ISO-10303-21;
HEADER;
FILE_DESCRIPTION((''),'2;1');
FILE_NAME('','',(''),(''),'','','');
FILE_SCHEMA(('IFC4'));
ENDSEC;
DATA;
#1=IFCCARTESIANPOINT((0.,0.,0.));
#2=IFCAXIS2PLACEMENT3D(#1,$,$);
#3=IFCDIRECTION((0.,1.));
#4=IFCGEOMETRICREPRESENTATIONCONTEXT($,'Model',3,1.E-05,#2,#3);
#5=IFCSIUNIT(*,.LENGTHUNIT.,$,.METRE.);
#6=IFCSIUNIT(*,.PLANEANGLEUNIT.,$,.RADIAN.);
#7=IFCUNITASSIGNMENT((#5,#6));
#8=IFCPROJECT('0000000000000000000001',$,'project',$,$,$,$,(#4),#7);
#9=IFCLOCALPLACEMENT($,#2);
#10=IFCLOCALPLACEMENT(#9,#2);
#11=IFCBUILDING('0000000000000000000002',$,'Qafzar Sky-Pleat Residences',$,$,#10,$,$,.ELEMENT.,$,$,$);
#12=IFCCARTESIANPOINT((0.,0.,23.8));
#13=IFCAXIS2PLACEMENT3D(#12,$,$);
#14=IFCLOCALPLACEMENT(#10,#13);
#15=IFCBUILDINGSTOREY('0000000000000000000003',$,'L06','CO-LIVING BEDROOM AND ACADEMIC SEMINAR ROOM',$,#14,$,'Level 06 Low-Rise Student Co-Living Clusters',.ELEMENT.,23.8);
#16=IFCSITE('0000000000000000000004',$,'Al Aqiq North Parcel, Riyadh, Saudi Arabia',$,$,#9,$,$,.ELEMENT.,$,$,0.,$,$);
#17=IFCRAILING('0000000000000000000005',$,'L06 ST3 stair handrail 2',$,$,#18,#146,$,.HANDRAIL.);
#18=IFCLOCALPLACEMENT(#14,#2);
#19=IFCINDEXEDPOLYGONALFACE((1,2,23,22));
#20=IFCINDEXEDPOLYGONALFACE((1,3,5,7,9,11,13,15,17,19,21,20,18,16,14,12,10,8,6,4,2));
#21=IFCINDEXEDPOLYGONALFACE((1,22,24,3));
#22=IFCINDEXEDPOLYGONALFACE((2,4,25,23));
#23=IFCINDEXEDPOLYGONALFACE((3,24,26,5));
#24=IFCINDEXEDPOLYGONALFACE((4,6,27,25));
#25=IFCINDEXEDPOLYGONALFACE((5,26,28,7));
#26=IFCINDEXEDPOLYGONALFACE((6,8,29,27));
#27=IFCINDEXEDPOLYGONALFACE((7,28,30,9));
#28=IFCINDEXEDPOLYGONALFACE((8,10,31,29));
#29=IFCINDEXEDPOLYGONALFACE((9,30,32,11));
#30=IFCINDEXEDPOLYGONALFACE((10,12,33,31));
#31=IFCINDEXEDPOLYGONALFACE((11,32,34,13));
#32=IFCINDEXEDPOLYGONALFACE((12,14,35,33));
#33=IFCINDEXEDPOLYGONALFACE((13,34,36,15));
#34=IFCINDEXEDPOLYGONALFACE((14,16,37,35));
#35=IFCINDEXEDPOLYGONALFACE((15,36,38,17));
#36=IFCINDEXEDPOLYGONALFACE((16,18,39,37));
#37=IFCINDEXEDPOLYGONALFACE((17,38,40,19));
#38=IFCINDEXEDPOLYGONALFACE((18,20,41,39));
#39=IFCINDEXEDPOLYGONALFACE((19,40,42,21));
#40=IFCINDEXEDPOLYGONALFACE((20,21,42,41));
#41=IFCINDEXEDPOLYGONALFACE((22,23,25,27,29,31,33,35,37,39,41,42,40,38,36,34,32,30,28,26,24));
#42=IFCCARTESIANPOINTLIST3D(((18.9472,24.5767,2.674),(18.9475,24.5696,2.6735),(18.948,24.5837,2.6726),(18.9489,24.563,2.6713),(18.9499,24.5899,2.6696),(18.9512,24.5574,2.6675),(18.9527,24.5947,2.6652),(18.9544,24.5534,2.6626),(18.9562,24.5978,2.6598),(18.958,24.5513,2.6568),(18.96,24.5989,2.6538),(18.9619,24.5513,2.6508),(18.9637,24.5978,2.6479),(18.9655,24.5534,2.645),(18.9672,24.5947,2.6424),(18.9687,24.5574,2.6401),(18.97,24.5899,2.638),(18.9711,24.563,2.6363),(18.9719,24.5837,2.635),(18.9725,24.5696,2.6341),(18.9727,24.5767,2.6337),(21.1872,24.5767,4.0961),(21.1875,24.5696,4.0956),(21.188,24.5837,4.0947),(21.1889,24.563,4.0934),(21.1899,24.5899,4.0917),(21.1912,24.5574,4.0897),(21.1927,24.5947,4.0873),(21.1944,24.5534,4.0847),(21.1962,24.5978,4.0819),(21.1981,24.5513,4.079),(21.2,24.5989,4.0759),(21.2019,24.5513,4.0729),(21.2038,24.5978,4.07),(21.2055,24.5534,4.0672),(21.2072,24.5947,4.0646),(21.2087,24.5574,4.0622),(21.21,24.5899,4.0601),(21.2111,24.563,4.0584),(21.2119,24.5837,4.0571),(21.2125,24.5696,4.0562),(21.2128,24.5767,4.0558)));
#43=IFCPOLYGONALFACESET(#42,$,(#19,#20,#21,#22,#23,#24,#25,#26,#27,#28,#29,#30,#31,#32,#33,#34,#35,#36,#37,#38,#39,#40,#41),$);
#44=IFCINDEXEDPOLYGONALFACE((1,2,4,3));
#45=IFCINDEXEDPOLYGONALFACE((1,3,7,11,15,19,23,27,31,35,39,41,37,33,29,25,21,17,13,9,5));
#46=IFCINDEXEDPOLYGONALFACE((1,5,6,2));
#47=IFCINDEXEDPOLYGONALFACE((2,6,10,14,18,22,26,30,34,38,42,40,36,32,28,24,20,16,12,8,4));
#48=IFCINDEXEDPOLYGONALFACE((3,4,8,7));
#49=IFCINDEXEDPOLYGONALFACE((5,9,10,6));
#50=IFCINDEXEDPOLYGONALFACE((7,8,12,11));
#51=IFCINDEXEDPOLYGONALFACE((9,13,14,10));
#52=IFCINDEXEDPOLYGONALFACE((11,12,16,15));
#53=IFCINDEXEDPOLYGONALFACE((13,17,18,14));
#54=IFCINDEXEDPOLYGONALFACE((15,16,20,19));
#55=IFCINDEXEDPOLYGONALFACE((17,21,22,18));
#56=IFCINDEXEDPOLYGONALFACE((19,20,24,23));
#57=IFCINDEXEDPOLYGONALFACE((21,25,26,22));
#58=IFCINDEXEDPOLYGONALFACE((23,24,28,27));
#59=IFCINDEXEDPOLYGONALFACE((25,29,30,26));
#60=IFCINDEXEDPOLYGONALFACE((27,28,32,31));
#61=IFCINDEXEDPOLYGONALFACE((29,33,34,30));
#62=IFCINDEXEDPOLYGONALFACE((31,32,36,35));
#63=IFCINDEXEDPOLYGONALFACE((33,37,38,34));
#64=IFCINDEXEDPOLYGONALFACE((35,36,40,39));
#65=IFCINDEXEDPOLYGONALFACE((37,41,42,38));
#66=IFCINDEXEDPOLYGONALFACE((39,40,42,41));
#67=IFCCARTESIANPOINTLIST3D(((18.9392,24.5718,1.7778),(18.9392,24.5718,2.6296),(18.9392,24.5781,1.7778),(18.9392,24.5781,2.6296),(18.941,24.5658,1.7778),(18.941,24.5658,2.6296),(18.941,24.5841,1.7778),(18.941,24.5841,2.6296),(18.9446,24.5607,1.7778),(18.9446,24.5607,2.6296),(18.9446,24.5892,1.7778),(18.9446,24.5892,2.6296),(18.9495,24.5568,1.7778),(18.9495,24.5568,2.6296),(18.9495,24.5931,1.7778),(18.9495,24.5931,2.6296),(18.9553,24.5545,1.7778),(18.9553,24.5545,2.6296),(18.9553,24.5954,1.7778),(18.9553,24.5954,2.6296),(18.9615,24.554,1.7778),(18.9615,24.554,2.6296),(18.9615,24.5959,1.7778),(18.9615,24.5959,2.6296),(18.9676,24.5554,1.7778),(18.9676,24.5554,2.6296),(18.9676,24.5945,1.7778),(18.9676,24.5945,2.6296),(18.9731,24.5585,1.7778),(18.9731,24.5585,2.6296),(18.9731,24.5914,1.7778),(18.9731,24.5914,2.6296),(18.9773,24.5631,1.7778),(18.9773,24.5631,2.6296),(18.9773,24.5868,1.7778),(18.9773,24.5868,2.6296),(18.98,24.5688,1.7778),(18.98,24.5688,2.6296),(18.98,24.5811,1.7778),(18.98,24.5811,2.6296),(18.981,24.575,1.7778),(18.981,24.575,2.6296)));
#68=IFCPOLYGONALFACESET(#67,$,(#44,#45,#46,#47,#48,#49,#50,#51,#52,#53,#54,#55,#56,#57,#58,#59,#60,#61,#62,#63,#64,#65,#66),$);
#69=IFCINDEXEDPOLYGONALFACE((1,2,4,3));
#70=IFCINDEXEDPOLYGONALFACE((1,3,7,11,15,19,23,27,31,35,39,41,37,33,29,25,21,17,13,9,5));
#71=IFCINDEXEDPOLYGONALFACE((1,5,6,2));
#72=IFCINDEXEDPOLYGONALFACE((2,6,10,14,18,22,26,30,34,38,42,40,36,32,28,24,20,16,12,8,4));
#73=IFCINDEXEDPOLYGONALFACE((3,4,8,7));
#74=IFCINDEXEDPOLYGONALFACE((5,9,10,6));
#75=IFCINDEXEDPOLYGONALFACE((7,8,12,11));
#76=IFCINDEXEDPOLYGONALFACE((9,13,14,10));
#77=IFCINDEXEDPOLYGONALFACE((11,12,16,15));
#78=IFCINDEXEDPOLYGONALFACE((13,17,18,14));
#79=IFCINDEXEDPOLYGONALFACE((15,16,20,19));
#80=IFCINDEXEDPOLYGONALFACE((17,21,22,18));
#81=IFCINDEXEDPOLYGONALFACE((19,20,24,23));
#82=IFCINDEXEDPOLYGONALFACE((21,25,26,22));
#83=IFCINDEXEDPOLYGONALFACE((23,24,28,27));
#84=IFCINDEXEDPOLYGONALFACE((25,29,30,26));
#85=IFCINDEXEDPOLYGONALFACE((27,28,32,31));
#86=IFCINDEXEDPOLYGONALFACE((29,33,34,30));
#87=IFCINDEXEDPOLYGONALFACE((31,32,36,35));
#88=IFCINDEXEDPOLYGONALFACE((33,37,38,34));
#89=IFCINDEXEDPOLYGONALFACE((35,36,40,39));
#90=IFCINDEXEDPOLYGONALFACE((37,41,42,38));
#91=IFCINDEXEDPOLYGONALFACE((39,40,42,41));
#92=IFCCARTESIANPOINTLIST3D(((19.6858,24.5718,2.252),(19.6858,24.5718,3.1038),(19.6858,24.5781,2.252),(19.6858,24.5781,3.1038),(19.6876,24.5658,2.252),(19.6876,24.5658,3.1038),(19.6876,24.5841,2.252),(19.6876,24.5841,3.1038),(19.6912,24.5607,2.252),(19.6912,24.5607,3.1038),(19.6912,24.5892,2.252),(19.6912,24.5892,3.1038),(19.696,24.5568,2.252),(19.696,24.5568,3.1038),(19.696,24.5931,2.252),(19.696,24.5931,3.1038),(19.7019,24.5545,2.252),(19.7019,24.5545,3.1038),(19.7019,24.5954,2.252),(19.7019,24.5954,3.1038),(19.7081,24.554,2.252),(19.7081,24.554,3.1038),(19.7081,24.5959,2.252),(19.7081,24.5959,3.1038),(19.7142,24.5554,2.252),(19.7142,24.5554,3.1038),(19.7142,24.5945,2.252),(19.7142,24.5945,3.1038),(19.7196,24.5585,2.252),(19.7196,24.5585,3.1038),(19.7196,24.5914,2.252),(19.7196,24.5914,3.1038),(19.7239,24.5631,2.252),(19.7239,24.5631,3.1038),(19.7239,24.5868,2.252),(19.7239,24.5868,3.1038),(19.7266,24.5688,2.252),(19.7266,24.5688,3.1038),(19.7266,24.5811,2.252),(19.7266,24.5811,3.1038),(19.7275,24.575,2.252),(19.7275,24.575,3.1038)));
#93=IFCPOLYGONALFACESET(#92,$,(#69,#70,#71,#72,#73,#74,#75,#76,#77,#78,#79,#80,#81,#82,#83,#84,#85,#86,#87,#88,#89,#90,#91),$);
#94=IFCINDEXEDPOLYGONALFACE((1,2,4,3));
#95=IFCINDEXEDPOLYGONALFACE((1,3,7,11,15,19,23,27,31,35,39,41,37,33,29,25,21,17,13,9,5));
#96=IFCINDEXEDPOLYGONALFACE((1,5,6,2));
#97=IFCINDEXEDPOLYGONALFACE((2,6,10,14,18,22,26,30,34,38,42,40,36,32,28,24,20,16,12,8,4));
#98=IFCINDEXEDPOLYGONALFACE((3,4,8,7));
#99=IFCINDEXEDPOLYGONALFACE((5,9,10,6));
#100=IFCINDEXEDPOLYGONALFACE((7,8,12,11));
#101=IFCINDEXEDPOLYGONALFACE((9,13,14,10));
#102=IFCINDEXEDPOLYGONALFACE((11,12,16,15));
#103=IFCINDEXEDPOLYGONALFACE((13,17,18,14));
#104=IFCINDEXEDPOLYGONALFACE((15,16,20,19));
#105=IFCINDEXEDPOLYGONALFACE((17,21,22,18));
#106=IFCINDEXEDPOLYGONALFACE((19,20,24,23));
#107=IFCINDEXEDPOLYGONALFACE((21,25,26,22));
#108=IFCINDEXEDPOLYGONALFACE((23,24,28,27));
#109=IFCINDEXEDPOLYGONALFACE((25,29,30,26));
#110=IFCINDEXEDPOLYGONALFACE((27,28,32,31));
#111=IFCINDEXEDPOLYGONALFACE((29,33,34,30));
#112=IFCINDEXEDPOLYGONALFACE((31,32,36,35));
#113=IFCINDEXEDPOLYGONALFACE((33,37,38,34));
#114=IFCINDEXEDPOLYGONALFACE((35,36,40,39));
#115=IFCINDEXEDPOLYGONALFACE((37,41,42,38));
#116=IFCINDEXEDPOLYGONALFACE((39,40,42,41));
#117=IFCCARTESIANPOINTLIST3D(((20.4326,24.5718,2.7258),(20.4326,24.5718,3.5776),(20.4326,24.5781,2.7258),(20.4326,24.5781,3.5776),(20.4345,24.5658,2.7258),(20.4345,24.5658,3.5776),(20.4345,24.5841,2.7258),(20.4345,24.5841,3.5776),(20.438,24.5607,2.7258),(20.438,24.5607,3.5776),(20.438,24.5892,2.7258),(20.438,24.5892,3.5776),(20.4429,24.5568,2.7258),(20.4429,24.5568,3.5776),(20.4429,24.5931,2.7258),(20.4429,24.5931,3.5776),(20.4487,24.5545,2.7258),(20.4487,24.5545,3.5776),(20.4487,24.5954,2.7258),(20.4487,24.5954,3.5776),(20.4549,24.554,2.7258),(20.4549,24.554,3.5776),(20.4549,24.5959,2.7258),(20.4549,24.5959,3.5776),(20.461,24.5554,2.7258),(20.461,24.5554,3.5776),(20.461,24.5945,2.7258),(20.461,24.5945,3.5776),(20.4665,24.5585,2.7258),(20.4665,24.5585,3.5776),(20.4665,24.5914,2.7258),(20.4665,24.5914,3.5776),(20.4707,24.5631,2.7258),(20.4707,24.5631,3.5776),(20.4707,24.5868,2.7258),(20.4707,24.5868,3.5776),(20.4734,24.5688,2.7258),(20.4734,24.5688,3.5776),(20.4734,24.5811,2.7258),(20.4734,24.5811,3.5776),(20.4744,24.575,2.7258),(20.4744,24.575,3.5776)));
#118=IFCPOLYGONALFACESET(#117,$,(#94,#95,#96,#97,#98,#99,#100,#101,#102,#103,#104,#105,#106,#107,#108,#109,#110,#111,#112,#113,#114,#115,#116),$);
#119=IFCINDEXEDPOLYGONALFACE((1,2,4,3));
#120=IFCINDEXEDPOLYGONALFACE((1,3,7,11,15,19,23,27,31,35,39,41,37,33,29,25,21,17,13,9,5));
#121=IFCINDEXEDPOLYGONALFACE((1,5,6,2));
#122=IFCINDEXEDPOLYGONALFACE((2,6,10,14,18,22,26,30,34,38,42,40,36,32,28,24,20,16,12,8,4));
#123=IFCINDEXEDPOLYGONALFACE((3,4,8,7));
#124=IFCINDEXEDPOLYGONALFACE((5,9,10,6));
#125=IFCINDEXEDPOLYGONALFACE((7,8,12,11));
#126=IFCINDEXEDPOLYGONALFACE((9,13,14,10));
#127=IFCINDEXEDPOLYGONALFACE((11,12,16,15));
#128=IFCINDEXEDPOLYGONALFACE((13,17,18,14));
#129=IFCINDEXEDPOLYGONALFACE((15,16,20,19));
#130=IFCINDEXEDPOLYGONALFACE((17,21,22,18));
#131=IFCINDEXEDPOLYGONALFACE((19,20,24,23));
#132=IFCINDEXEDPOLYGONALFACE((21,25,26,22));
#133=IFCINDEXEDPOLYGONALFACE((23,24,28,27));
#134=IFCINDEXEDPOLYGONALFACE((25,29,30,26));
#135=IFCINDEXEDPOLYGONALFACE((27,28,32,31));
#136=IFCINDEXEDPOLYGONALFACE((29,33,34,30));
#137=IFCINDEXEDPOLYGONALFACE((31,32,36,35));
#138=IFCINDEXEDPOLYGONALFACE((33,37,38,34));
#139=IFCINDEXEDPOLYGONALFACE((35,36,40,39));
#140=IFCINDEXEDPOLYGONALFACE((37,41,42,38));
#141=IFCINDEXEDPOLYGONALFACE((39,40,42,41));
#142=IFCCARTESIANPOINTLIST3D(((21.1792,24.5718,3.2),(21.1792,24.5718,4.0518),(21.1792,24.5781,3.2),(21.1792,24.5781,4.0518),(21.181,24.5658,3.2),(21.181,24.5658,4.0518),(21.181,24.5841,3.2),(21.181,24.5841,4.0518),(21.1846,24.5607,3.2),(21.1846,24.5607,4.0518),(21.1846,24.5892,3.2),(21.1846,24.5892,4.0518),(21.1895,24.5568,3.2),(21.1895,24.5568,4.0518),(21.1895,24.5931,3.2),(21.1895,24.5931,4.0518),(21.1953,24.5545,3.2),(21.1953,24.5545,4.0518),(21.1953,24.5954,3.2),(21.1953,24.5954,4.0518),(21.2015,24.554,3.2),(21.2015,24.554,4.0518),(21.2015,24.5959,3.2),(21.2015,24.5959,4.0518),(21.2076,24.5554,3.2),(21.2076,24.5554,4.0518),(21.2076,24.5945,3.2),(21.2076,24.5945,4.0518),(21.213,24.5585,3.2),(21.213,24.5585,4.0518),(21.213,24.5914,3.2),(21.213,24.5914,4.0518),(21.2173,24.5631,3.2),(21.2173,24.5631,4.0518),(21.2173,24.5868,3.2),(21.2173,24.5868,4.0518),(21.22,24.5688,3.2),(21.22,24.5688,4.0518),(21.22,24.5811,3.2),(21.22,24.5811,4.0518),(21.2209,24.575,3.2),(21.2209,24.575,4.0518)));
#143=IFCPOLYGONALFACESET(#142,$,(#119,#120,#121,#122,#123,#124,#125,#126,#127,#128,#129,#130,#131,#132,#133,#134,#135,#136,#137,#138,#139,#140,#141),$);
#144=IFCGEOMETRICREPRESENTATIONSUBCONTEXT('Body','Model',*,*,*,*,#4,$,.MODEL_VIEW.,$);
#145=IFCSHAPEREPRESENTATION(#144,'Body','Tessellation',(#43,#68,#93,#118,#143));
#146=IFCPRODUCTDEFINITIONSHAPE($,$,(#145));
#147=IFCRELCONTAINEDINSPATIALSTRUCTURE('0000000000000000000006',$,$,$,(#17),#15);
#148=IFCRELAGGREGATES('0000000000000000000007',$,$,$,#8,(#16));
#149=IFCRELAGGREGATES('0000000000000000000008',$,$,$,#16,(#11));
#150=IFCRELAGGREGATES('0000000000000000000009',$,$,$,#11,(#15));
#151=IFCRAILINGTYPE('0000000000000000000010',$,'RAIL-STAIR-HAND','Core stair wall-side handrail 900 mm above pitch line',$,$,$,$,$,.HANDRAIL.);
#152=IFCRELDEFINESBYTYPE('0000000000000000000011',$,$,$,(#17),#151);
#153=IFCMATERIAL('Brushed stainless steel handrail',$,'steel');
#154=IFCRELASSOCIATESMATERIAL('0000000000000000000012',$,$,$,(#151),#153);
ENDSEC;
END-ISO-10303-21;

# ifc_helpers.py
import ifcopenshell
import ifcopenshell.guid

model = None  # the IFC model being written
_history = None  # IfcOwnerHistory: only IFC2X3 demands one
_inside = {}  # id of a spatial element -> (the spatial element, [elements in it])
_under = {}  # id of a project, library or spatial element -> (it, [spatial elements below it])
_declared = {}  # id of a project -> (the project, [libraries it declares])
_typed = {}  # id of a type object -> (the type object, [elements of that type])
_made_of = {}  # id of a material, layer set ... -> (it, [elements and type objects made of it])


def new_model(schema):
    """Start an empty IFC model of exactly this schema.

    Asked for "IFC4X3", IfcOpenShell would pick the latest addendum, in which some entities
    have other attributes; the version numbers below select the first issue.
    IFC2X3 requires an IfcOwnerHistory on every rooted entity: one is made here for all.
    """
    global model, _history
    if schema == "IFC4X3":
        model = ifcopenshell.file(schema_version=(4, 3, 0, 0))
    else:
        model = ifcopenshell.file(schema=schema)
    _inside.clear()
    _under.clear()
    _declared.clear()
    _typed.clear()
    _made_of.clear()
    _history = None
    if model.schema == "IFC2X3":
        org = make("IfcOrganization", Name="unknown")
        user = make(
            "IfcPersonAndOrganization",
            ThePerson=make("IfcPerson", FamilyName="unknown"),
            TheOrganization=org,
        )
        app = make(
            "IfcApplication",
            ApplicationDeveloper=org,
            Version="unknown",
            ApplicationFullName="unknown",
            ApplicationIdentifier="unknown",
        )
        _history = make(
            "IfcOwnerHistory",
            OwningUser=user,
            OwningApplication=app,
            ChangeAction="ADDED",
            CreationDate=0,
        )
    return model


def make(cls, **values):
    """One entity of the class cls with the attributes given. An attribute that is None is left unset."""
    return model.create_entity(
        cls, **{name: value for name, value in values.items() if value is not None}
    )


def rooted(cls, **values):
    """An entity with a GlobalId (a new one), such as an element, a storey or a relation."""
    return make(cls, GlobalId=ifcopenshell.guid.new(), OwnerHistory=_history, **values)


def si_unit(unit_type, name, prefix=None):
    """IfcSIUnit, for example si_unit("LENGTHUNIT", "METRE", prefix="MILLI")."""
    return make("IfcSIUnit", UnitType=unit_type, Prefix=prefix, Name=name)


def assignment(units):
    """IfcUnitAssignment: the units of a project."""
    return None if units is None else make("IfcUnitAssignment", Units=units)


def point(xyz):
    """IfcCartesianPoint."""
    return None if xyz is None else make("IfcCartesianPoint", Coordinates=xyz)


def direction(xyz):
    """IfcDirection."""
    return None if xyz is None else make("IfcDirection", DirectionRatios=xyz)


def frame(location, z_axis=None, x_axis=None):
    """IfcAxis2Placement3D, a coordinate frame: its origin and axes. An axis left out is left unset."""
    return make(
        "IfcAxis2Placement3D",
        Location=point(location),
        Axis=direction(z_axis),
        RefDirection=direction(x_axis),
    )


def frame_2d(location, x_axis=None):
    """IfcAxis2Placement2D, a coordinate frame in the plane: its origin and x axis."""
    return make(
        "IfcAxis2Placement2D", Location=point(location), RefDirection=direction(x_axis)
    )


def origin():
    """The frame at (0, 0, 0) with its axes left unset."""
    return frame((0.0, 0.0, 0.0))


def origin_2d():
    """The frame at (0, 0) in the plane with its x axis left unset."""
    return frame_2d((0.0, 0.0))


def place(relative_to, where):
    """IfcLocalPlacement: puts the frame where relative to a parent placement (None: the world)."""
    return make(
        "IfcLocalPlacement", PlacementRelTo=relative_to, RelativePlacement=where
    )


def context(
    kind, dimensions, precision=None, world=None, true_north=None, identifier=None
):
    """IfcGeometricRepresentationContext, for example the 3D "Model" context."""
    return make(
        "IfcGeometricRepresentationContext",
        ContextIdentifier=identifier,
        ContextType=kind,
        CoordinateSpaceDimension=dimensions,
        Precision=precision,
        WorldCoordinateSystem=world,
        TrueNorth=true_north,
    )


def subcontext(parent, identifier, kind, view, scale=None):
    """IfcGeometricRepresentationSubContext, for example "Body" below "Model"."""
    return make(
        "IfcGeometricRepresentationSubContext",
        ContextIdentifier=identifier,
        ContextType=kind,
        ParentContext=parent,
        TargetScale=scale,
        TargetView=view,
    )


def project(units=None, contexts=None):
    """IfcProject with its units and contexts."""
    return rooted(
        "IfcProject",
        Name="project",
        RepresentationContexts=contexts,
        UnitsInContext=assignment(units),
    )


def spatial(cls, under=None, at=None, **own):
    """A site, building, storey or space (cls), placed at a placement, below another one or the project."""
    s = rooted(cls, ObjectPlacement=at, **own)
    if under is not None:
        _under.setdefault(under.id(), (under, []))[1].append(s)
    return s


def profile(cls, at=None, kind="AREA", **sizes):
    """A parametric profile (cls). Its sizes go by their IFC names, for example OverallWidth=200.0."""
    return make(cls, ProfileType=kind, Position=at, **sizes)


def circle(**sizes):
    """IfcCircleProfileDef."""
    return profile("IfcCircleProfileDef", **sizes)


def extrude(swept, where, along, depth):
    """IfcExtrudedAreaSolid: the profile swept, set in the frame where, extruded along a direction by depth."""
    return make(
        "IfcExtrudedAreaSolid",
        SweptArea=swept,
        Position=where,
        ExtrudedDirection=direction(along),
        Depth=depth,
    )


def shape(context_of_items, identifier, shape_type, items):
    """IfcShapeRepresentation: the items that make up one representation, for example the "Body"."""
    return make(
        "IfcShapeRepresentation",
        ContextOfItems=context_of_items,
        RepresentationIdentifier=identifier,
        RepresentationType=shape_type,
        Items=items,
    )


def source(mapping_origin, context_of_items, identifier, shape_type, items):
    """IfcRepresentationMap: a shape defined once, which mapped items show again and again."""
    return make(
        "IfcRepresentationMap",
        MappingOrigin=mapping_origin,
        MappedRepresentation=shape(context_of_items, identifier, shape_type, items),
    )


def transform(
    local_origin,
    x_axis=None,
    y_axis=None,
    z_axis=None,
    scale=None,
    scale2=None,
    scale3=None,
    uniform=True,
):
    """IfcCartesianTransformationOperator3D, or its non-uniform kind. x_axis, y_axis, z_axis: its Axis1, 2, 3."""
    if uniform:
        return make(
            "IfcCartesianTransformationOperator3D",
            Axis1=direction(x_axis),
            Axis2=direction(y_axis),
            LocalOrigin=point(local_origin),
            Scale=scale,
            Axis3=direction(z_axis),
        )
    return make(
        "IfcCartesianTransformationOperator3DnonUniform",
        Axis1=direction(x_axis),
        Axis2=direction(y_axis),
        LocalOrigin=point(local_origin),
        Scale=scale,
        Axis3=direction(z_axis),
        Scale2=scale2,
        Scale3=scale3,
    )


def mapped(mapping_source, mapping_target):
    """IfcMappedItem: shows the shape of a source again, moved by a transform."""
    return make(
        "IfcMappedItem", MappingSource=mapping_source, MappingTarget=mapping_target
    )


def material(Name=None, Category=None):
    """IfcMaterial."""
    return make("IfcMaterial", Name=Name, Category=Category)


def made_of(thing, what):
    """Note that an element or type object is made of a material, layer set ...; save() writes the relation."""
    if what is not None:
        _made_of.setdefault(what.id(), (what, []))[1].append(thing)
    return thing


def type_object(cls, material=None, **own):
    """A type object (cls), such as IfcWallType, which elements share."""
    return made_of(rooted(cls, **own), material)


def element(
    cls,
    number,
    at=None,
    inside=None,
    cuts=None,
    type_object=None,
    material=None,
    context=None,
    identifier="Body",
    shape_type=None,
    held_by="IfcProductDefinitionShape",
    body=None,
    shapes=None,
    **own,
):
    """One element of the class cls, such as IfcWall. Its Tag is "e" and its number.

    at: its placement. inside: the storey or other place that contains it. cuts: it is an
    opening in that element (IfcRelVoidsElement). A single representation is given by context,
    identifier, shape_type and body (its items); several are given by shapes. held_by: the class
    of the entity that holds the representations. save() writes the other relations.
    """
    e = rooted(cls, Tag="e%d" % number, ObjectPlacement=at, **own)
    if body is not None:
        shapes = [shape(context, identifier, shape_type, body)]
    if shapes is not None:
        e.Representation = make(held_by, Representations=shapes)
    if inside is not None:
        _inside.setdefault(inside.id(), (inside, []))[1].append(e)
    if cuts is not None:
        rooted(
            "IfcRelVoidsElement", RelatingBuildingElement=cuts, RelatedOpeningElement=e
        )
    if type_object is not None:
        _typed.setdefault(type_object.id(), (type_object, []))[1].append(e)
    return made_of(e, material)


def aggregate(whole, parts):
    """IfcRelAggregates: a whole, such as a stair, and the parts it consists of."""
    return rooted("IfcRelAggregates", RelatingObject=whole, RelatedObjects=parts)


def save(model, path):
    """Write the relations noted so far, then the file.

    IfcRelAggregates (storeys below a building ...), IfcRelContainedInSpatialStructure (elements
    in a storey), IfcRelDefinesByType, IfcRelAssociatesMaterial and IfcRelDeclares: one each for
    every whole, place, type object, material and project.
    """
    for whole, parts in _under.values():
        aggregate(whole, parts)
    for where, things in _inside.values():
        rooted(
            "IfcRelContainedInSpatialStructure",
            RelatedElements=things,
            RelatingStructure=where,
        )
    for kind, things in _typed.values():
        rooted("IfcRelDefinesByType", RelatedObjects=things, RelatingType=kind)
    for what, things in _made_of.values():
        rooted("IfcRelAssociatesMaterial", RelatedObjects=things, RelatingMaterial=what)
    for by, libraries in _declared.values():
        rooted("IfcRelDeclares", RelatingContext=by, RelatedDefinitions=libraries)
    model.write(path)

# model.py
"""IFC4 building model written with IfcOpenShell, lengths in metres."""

from ifc_helpers import new_model, si_unit, direction, frame, origin, origin_2d, place, context, subcontext, project, spatial, circle, extrude, source, transform, mapped, material, type_object, element, save


model = new_model("IFC4")

# Units and contexts
model_context = context("Model", 3, precision=1e-05, world=origin(), true_north=direction((0.0, 1.0)))
body_context = subcontext(model_context, "Body", "Model", "MODEL_VIEW")
ifc_project = project(units=[si_unit("LENGTHUNIT", "METRE"), si_unit("PLANEANGLEUNIT", "RADIAN")], contexts=[model_context])

# Site, building, storey
site_placement = place(None, origin())
site = spatial("IfcSite", under=ifc_project, at=site_placement, Name="Al Aqiq North Parcel, Riyadh, Saudi Arabia", CompositionType="ELEMENT", RefElevation=0.0)
building_placement = place(site_placement, origin())
building = spatial("IfcBuilding", under=site, at=building_placement, Name="Qafzar Sky-Pleat Residences", CompositionType="ELEMENT")
storey_placement = place(building_placement, frame((0.0, 0.0, 23.8)))
storey = spatial("IfcBuildingStorey", under=building, at=storey_placement, Name="L06", Description="CO-LIVING BEDROOM AND ACADEMIC SEMINAR ROOM", LongName="Level 06 Low-Rise Student Co-Living Clusters", CompositionType="ELEMENT", Elevation=23.8)

# Railing
ifc_material_1 = material(Name="Brushed stainless steel handrail", Category="steel")
railing_type_1 = type_object("IfcRailingType", Name="RAIL-STAIR-HAND", Description="Core stair wall-side handrail 900 mm above pitch line", PredefinedType="HANDRAIL", material=ifc_material_1)
shared_shape_1 = source(origin(), body_context, "Body", "SweptSolid", [
    extrude(circle(Radius=0.0239, at=origin_2d()), frame((0.0, 0.0, 0.876), z_axis=(0.844229, 0.0, 0.535982), x_axis=(0.0, 1.0, 0.0)), (0.0, 0.0, 1.0), 2.6533),
    extrude(circle(Radius=0.021, at=origin_2d()), origin(), (0.0, 0.0, 1.0), 0.8518),
    extrude(circle(Radius=0.021, at=origin_2d()), frame((0.7466, 0.0, 0.4741)), (0.0, 0.0, 1.0), 0.8518),
    extrude(circle(Radius=0.021, at=origin_2d()), frame((1.4934, 0.0, 0.948)), (0.0, 0.0, 1.0), 0.8518),
    extrude(circle(Radius=0.021, at=origin_2d()), frame((2.24, 0.0, 1.4221)), (0.0, 0.0, 1.0), 0.8518),
])
railing_1_placement = place(storey_placement, frame((18.96, 24.575, 1.7778)))
element("IfcRailing", 1, at=railing_1_placement, inside=storey, type_object=railing_type_1, Name="L06 ST3 stair handrail 2", PredefinedType="HANDRAIL", context=body_context, shape_type="MappedRepresentation", body=[
    mapped(shared_shape_1, transform((0.0, 0.0, 0.0), x_axis=(1.0, 0.0, 0.0), y_axis=(0.0, 1.0, 0.0), z_axis=(0.0, 0.0, 1.0), scale=1.0)),
])

save(model, "model.ifc")
